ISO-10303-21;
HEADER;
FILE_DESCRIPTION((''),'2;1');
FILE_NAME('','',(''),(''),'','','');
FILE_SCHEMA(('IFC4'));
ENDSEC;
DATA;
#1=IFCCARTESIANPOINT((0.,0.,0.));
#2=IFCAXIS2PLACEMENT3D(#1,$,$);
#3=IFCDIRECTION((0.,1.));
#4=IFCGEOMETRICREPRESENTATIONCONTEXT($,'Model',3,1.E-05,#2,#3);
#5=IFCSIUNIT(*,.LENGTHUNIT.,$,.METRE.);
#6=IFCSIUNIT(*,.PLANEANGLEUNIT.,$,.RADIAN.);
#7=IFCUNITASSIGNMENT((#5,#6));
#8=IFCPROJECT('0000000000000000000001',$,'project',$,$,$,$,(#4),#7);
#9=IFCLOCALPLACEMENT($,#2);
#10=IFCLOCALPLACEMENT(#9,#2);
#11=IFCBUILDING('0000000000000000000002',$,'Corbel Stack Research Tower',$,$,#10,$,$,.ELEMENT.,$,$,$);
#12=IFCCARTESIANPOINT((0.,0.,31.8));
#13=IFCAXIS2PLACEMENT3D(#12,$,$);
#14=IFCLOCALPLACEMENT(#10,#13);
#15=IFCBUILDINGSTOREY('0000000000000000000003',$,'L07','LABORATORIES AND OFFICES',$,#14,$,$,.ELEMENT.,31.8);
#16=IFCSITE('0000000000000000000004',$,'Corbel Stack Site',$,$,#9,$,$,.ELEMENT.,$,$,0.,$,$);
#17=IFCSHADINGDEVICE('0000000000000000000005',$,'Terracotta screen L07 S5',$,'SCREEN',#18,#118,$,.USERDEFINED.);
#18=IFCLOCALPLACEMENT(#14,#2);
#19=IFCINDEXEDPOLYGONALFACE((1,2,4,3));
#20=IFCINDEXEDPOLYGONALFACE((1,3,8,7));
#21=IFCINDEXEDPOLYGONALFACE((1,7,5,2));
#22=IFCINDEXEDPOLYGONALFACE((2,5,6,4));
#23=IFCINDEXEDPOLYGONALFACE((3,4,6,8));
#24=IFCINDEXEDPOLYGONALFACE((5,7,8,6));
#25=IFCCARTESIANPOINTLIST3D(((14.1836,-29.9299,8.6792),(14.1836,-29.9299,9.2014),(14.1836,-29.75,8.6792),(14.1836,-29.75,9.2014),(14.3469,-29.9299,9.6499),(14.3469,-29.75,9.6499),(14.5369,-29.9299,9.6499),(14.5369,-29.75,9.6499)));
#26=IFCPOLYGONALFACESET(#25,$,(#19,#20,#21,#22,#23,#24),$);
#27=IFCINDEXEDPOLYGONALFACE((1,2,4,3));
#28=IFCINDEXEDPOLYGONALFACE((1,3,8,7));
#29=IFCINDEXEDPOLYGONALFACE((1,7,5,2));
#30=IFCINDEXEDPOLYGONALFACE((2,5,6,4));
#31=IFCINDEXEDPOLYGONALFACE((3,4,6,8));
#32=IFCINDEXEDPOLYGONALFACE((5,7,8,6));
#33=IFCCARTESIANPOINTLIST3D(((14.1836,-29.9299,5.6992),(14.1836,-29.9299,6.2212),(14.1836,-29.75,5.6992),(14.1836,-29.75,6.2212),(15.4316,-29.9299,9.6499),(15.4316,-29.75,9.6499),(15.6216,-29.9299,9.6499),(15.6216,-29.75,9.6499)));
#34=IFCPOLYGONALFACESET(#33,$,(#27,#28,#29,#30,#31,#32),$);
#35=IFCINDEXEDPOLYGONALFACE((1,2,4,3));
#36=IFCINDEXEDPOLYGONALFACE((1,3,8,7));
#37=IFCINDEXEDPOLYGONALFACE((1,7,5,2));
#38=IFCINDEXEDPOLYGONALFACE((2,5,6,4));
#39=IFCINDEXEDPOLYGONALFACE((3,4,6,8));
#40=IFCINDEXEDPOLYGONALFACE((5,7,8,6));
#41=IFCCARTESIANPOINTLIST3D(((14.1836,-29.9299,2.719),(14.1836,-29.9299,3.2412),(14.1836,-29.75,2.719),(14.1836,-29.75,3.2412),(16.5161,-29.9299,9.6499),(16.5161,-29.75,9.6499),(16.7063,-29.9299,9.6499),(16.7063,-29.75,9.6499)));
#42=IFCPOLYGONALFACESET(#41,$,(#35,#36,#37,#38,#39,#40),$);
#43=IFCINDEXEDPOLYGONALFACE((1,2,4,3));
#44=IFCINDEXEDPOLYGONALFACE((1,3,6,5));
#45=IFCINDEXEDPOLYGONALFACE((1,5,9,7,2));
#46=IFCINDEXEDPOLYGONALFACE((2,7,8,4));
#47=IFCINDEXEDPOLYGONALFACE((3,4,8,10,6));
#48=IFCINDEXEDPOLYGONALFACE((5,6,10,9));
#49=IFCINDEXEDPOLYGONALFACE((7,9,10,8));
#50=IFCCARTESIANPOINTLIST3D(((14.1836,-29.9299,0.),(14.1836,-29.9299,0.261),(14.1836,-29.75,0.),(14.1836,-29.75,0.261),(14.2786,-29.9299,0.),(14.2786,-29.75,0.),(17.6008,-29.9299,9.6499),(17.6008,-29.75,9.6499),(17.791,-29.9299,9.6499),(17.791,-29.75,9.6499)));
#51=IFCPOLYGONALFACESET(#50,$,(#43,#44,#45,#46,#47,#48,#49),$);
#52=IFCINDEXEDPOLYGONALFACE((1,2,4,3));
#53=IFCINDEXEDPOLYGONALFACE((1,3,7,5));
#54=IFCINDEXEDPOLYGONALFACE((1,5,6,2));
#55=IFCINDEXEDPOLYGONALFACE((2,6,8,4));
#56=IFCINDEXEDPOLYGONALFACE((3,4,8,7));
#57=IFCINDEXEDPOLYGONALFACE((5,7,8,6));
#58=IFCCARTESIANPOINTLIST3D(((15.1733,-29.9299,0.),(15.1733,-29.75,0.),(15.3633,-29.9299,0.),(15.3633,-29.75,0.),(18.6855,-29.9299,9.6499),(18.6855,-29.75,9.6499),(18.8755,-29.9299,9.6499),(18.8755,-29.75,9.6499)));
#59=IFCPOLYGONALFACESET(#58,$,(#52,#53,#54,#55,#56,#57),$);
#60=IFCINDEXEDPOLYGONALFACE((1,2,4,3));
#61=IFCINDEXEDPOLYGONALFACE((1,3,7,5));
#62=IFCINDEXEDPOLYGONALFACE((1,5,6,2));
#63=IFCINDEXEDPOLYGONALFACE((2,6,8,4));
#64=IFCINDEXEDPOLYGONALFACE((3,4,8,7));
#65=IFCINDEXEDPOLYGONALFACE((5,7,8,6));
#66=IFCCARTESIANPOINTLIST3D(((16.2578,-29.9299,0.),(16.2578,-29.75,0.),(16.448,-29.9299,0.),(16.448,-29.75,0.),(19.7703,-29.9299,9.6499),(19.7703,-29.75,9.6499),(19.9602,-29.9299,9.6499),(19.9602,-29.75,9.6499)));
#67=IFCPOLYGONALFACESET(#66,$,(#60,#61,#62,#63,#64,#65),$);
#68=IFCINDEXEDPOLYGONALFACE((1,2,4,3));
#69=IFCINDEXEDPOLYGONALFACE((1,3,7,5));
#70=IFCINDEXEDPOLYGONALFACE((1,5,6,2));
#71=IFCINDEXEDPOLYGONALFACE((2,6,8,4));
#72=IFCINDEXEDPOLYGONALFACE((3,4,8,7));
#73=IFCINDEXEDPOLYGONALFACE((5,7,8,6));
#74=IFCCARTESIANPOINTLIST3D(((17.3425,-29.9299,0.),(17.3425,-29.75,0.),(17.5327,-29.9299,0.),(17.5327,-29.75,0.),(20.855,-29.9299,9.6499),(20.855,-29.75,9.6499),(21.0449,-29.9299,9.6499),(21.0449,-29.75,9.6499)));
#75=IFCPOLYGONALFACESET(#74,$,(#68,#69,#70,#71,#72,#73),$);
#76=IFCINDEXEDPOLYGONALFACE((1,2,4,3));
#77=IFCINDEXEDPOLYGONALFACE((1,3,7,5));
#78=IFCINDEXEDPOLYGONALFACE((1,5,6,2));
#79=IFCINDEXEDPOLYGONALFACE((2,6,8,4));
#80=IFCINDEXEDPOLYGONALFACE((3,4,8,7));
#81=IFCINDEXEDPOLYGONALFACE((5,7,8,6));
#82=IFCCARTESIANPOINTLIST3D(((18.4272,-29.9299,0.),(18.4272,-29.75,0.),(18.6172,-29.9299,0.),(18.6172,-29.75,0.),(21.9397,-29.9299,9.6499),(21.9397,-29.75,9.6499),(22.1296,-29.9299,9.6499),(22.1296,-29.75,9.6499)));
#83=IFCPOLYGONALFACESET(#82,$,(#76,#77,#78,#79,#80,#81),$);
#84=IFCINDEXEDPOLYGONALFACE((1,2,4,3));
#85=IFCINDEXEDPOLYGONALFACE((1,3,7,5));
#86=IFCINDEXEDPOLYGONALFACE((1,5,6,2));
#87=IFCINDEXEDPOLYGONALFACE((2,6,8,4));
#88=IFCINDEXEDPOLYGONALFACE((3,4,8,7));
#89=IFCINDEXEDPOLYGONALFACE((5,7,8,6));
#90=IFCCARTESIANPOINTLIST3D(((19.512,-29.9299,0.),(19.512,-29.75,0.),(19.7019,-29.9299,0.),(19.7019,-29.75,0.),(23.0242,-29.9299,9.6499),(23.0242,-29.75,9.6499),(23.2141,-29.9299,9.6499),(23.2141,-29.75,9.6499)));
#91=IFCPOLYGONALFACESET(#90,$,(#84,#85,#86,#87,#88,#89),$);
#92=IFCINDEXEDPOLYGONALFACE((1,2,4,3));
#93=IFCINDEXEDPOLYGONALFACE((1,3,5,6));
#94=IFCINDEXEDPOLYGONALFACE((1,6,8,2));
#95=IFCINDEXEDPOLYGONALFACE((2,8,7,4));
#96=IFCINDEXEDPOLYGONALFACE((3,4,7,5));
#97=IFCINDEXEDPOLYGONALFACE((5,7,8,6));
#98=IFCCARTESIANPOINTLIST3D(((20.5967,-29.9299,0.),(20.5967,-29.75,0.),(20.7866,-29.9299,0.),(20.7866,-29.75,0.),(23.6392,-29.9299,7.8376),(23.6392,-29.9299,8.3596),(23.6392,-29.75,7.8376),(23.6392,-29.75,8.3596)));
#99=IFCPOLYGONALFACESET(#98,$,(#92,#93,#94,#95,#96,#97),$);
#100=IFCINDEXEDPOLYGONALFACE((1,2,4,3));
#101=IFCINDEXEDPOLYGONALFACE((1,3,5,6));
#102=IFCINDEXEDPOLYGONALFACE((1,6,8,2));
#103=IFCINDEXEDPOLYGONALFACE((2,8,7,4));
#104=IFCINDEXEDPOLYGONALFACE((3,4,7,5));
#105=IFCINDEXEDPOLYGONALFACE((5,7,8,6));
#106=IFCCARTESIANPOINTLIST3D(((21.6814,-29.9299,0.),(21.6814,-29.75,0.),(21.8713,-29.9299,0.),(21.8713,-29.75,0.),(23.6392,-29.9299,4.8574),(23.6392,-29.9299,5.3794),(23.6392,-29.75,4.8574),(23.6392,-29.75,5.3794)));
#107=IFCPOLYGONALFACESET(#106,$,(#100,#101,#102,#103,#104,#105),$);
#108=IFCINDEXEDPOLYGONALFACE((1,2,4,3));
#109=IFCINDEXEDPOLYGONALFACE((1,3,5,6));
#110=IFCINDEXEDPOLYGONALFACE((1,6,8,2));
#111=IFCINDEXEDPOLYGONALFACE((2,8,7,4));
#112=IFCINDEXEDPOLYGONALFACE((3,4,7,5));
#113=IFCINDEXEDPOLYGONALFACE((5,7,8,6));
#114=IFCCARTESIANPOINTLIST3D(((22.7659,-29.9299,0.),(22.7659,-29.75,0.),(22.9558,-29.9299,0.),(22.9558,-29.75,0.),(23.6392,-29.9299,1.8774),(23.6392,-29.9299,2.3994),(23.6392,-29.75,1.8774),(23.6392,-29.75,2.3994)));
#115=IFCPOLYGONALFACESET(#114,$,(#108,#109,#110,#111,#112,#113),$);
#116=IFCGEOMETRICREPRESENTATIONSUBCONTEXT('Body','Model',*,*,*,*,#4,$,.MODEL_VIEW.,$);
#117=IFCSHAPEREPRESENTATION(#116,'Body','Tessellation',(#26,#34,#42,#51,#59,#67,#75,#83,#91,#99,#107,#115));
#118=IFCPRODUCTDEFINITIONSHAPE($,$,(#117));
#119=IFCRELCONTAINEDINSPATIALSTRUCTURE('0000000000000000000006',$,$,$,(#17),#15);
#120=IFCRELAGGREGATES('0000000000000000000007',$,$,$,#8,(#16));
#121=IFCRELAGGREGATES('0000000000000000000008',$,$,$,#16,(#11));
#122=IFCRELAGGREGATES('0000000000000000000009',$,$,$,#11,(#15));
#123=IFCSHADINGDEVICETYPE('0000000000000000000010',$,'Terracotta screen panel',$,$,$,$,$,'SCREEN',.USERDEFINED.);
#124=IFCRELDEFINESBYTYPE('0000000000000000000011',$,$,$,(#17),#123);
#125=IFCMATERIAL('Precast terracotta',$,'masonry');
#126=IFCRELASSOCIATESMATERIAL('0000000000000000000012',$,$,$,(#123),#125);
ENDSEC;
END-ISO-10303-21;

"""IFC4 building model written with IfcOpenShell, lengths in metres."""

from ifc_helpers import new_model, si_unit, direction, frame, origin, place, context, subcontext, project, spatial, polyline, outline, extrude, source, transform, mapped, material, type_object, element, save


model = new_model("IFC4")

# Units and contexts
model_context = context("Model", 3, precision=1e-05, world=origin(), true_north=direction((0.0, 1.0)))
body_context = subcontext(model_context, "Body", "Model", "MODEL_VIEW")
ifc_project = project(units=[si_unit("LENGTHUNIT", "METRE"), si_unit("PLANEANGLEUNIT", "RADIAN")], contexts=[model_context])

# Site, building, storey
site_placement = place(None, origin())
site = spatial("IfcSite", under=ifc_project, at=site_placement, Name="Corbel Stack Site", CompositionType="ELEMENT", RefElevation=0.0)
building_placement = place(site_placement, origin())
building = spatial("IfcBuilding", under=site, at=building_placement, Name="Corbel Stack Research Tower", CompositionType="ELEMENT")
storey_placement = place(building_placement, frame((0.0, 0.0, 31.8)))
storey = spatial("IfcBuildingStorey", under=building, at=storey_placement, Name="L07", Description="LABORATORIES AND OFFICES", CompositionType="ELEMENT", Elevation=31.8)

# Shading device
ifc_material_1 = material(Name="Precast terracotta", Category="masonry")
shading_device_type = type_object("IfcShadingDeviceType", Name="Terracotta screen panel", ElementType="SCREEN", PredefinedType="USERDEFINED", material=ifc_material_1)
shared_shape_1 = source(origin(), body_context, "Body", "SweptSolid", [
    extrude(outline(polyline([(0.3533, 9.6499), (0.1633, 9.6499), (0.0, 9.2014), (0.0, 8.6792), (0.3533, 9.6499)])), frame((0.0, 0.0, 0.0), z_axis=(0.0, -1.0, 0.0), x_axis=(1.0, 0.0, 0.0)), (0.0, 0.0, 1.0), 0.1799),
    extrude(outline(polyline([(1.438, 9.6499), (1.248, 9.6499), (0.0, 6.2212), (0.0, 5.6992), (1.438, 9.6499)])), frame((0.0, 0.0, 0.0), z_axis=(0.0, -1.0, 0.0), x_axis=(1.0, 0.0, 0.0)), (0.0, 0.0, 1.0), 0.1799),
    extrude(outline(polyline([(2.5227, 9.6499), (2.3325, 9.6499), (0.0, 3.2412), (0.0, 2.719), (2.5227, 9.6499)])), frame((0.0, 0.0, 0.0), z_axis=(0.0, -1.0, 0.0), x_axis=(1.0, 0.0, 0.0)), (0.0, 0.0, 1.0), 0.1799),
    extrude(outline(polyline([(0.095, 0.0), (3.6074, 9.6499), (3.4172, 9.6499), (0.0, 0.261), (0.0, 0.0), (0.095, 0.0)])), frame((0.0, 0.0, 0.0), z_axis=(0.0, -1.0, 0.0), x_axis=(1.0, 0.0, 0.0)), (0.0, 0.0, 1.0), 0.1799),
    extrude(outline(polyline([(1.1797, 0.0), (4.6919, 9.6499), (4.502, 9.6499), (0.9897, 0.0), (1.1797, 0.0)])), frame((0.0, 0.0, 0.0), z_axis=(0.0, -1.0, 0.0), x_axis=(1.0, 0.0, 0.0)), (0.0, 0.0, 1.0), 0.1799),
    extrude(outline(polyline([(2.2644, 0.0), (5.7766, 9.6499), (5.5867, 9.6499), (2.0742, 0.0), (2.2644, 0.0)])), frame((0.0, 0.0, 0.0), z_axis=(0.0, -1.0, 0.0), x_axis=(1.0, 0.0, 0.0)), (0.0, 0.0, 1.0), 0.1799),
    extrude(outline(polyline([(3.3491, 0.0), (6.8613, 9.6499), (6.6714, 9.6499), (3.1589, 0.0), (3.3491, 0.0)])), frame((0.0, 0.0, 0.0), z_axis=(0.0, -1.0, 0.0), x_axis=(1.0, 0.0, 0.0)), (0.0, 0.0, 1.0), 0.1799),
    extrude(outline(polyline([(4.4336, 0.0), (7.946, 9.6499), (7.7561, 9.6499), (4.2437, 0.0), (4.4336, 0.0)])), frame((0.0, 0.0, 0.0), z_axis=(0.0, -1.0, 0.0), x_axis=(1.0, 0.0, 0.0)), (0.0, 0.0, 1.0), 0.1799),
    extrude(outline(polyline([(5.5183, 0.0), (9.0305, 9.6499), (8.8406, 9.6499), (5.3284, 0.0), (5.5183, 0.0)])), frame((0.0, 0.0, 0.0), z_axis=(0.0, -1.0, 0.0), x_axis=(1.0, 0.0, 0.0)), (0.0, 0.0, 1.0), 0.1799),
    extrude(outline(polyline([(6.603, 0.0), (9.4556, 7.8376), (9.4556, 8.3596), (6.4131, 0.0), (6.603, 0.0)])), frame((0.0, 0.0, 0.0), z_axis=(0.0, -1.0, 0.0), x_axis=(1.0, 0.0, 0.0)), (0.0, 0.0, 1.0), 0.1799),
    extrude(outline(polyline([(7.6877, 0.0), (9.4556, 4.8574), (9.4556, 5.3794), (7.4978, 0.0), (7.6877, 0.0)])), frame((0.0, 0.0, 0.0), z_axis=(0.0, -1.0, 0.0), x_axis=(1.0, 0.0, 0.0)), (0.0, 0.0, 1.0), 0.1799),
    extrude(outline(polyline([(8.7722, 0.0), (9.4556, 1.8774), (9.4556, 2.3994), (8.5823, 0.0), (8.7722, 0.0)])), frame((0.0, 0.0, 0.0), z_axis=(0.0, -1.0, 0.0), x_axis=(1.0, 0.0, 0.0)), (0.0, 0.0, 1.0), 0.1799),
])
shading_device_1_placement = place(storey_placement, frame((14.1836, -29.75, 0.0), z_axis=(0.0, 0.0, 1.0), x_axis=(1.0, 0.0, 0.0)))
element("IfcShadingDevice", 1, at=shading_device_1_placement, inside=storey, type_object=shading_device_type, Name="Terracotta screen L07 S5", ObjectType="SCREEN", PredefinedType="USERDEFINED", context=body_context, shape_type="MappedRepresentation", body=[
    mapped(shared_shape_1, transform((0.0, 0.0, 0.0))),
])

save(model, "model.ifc")
